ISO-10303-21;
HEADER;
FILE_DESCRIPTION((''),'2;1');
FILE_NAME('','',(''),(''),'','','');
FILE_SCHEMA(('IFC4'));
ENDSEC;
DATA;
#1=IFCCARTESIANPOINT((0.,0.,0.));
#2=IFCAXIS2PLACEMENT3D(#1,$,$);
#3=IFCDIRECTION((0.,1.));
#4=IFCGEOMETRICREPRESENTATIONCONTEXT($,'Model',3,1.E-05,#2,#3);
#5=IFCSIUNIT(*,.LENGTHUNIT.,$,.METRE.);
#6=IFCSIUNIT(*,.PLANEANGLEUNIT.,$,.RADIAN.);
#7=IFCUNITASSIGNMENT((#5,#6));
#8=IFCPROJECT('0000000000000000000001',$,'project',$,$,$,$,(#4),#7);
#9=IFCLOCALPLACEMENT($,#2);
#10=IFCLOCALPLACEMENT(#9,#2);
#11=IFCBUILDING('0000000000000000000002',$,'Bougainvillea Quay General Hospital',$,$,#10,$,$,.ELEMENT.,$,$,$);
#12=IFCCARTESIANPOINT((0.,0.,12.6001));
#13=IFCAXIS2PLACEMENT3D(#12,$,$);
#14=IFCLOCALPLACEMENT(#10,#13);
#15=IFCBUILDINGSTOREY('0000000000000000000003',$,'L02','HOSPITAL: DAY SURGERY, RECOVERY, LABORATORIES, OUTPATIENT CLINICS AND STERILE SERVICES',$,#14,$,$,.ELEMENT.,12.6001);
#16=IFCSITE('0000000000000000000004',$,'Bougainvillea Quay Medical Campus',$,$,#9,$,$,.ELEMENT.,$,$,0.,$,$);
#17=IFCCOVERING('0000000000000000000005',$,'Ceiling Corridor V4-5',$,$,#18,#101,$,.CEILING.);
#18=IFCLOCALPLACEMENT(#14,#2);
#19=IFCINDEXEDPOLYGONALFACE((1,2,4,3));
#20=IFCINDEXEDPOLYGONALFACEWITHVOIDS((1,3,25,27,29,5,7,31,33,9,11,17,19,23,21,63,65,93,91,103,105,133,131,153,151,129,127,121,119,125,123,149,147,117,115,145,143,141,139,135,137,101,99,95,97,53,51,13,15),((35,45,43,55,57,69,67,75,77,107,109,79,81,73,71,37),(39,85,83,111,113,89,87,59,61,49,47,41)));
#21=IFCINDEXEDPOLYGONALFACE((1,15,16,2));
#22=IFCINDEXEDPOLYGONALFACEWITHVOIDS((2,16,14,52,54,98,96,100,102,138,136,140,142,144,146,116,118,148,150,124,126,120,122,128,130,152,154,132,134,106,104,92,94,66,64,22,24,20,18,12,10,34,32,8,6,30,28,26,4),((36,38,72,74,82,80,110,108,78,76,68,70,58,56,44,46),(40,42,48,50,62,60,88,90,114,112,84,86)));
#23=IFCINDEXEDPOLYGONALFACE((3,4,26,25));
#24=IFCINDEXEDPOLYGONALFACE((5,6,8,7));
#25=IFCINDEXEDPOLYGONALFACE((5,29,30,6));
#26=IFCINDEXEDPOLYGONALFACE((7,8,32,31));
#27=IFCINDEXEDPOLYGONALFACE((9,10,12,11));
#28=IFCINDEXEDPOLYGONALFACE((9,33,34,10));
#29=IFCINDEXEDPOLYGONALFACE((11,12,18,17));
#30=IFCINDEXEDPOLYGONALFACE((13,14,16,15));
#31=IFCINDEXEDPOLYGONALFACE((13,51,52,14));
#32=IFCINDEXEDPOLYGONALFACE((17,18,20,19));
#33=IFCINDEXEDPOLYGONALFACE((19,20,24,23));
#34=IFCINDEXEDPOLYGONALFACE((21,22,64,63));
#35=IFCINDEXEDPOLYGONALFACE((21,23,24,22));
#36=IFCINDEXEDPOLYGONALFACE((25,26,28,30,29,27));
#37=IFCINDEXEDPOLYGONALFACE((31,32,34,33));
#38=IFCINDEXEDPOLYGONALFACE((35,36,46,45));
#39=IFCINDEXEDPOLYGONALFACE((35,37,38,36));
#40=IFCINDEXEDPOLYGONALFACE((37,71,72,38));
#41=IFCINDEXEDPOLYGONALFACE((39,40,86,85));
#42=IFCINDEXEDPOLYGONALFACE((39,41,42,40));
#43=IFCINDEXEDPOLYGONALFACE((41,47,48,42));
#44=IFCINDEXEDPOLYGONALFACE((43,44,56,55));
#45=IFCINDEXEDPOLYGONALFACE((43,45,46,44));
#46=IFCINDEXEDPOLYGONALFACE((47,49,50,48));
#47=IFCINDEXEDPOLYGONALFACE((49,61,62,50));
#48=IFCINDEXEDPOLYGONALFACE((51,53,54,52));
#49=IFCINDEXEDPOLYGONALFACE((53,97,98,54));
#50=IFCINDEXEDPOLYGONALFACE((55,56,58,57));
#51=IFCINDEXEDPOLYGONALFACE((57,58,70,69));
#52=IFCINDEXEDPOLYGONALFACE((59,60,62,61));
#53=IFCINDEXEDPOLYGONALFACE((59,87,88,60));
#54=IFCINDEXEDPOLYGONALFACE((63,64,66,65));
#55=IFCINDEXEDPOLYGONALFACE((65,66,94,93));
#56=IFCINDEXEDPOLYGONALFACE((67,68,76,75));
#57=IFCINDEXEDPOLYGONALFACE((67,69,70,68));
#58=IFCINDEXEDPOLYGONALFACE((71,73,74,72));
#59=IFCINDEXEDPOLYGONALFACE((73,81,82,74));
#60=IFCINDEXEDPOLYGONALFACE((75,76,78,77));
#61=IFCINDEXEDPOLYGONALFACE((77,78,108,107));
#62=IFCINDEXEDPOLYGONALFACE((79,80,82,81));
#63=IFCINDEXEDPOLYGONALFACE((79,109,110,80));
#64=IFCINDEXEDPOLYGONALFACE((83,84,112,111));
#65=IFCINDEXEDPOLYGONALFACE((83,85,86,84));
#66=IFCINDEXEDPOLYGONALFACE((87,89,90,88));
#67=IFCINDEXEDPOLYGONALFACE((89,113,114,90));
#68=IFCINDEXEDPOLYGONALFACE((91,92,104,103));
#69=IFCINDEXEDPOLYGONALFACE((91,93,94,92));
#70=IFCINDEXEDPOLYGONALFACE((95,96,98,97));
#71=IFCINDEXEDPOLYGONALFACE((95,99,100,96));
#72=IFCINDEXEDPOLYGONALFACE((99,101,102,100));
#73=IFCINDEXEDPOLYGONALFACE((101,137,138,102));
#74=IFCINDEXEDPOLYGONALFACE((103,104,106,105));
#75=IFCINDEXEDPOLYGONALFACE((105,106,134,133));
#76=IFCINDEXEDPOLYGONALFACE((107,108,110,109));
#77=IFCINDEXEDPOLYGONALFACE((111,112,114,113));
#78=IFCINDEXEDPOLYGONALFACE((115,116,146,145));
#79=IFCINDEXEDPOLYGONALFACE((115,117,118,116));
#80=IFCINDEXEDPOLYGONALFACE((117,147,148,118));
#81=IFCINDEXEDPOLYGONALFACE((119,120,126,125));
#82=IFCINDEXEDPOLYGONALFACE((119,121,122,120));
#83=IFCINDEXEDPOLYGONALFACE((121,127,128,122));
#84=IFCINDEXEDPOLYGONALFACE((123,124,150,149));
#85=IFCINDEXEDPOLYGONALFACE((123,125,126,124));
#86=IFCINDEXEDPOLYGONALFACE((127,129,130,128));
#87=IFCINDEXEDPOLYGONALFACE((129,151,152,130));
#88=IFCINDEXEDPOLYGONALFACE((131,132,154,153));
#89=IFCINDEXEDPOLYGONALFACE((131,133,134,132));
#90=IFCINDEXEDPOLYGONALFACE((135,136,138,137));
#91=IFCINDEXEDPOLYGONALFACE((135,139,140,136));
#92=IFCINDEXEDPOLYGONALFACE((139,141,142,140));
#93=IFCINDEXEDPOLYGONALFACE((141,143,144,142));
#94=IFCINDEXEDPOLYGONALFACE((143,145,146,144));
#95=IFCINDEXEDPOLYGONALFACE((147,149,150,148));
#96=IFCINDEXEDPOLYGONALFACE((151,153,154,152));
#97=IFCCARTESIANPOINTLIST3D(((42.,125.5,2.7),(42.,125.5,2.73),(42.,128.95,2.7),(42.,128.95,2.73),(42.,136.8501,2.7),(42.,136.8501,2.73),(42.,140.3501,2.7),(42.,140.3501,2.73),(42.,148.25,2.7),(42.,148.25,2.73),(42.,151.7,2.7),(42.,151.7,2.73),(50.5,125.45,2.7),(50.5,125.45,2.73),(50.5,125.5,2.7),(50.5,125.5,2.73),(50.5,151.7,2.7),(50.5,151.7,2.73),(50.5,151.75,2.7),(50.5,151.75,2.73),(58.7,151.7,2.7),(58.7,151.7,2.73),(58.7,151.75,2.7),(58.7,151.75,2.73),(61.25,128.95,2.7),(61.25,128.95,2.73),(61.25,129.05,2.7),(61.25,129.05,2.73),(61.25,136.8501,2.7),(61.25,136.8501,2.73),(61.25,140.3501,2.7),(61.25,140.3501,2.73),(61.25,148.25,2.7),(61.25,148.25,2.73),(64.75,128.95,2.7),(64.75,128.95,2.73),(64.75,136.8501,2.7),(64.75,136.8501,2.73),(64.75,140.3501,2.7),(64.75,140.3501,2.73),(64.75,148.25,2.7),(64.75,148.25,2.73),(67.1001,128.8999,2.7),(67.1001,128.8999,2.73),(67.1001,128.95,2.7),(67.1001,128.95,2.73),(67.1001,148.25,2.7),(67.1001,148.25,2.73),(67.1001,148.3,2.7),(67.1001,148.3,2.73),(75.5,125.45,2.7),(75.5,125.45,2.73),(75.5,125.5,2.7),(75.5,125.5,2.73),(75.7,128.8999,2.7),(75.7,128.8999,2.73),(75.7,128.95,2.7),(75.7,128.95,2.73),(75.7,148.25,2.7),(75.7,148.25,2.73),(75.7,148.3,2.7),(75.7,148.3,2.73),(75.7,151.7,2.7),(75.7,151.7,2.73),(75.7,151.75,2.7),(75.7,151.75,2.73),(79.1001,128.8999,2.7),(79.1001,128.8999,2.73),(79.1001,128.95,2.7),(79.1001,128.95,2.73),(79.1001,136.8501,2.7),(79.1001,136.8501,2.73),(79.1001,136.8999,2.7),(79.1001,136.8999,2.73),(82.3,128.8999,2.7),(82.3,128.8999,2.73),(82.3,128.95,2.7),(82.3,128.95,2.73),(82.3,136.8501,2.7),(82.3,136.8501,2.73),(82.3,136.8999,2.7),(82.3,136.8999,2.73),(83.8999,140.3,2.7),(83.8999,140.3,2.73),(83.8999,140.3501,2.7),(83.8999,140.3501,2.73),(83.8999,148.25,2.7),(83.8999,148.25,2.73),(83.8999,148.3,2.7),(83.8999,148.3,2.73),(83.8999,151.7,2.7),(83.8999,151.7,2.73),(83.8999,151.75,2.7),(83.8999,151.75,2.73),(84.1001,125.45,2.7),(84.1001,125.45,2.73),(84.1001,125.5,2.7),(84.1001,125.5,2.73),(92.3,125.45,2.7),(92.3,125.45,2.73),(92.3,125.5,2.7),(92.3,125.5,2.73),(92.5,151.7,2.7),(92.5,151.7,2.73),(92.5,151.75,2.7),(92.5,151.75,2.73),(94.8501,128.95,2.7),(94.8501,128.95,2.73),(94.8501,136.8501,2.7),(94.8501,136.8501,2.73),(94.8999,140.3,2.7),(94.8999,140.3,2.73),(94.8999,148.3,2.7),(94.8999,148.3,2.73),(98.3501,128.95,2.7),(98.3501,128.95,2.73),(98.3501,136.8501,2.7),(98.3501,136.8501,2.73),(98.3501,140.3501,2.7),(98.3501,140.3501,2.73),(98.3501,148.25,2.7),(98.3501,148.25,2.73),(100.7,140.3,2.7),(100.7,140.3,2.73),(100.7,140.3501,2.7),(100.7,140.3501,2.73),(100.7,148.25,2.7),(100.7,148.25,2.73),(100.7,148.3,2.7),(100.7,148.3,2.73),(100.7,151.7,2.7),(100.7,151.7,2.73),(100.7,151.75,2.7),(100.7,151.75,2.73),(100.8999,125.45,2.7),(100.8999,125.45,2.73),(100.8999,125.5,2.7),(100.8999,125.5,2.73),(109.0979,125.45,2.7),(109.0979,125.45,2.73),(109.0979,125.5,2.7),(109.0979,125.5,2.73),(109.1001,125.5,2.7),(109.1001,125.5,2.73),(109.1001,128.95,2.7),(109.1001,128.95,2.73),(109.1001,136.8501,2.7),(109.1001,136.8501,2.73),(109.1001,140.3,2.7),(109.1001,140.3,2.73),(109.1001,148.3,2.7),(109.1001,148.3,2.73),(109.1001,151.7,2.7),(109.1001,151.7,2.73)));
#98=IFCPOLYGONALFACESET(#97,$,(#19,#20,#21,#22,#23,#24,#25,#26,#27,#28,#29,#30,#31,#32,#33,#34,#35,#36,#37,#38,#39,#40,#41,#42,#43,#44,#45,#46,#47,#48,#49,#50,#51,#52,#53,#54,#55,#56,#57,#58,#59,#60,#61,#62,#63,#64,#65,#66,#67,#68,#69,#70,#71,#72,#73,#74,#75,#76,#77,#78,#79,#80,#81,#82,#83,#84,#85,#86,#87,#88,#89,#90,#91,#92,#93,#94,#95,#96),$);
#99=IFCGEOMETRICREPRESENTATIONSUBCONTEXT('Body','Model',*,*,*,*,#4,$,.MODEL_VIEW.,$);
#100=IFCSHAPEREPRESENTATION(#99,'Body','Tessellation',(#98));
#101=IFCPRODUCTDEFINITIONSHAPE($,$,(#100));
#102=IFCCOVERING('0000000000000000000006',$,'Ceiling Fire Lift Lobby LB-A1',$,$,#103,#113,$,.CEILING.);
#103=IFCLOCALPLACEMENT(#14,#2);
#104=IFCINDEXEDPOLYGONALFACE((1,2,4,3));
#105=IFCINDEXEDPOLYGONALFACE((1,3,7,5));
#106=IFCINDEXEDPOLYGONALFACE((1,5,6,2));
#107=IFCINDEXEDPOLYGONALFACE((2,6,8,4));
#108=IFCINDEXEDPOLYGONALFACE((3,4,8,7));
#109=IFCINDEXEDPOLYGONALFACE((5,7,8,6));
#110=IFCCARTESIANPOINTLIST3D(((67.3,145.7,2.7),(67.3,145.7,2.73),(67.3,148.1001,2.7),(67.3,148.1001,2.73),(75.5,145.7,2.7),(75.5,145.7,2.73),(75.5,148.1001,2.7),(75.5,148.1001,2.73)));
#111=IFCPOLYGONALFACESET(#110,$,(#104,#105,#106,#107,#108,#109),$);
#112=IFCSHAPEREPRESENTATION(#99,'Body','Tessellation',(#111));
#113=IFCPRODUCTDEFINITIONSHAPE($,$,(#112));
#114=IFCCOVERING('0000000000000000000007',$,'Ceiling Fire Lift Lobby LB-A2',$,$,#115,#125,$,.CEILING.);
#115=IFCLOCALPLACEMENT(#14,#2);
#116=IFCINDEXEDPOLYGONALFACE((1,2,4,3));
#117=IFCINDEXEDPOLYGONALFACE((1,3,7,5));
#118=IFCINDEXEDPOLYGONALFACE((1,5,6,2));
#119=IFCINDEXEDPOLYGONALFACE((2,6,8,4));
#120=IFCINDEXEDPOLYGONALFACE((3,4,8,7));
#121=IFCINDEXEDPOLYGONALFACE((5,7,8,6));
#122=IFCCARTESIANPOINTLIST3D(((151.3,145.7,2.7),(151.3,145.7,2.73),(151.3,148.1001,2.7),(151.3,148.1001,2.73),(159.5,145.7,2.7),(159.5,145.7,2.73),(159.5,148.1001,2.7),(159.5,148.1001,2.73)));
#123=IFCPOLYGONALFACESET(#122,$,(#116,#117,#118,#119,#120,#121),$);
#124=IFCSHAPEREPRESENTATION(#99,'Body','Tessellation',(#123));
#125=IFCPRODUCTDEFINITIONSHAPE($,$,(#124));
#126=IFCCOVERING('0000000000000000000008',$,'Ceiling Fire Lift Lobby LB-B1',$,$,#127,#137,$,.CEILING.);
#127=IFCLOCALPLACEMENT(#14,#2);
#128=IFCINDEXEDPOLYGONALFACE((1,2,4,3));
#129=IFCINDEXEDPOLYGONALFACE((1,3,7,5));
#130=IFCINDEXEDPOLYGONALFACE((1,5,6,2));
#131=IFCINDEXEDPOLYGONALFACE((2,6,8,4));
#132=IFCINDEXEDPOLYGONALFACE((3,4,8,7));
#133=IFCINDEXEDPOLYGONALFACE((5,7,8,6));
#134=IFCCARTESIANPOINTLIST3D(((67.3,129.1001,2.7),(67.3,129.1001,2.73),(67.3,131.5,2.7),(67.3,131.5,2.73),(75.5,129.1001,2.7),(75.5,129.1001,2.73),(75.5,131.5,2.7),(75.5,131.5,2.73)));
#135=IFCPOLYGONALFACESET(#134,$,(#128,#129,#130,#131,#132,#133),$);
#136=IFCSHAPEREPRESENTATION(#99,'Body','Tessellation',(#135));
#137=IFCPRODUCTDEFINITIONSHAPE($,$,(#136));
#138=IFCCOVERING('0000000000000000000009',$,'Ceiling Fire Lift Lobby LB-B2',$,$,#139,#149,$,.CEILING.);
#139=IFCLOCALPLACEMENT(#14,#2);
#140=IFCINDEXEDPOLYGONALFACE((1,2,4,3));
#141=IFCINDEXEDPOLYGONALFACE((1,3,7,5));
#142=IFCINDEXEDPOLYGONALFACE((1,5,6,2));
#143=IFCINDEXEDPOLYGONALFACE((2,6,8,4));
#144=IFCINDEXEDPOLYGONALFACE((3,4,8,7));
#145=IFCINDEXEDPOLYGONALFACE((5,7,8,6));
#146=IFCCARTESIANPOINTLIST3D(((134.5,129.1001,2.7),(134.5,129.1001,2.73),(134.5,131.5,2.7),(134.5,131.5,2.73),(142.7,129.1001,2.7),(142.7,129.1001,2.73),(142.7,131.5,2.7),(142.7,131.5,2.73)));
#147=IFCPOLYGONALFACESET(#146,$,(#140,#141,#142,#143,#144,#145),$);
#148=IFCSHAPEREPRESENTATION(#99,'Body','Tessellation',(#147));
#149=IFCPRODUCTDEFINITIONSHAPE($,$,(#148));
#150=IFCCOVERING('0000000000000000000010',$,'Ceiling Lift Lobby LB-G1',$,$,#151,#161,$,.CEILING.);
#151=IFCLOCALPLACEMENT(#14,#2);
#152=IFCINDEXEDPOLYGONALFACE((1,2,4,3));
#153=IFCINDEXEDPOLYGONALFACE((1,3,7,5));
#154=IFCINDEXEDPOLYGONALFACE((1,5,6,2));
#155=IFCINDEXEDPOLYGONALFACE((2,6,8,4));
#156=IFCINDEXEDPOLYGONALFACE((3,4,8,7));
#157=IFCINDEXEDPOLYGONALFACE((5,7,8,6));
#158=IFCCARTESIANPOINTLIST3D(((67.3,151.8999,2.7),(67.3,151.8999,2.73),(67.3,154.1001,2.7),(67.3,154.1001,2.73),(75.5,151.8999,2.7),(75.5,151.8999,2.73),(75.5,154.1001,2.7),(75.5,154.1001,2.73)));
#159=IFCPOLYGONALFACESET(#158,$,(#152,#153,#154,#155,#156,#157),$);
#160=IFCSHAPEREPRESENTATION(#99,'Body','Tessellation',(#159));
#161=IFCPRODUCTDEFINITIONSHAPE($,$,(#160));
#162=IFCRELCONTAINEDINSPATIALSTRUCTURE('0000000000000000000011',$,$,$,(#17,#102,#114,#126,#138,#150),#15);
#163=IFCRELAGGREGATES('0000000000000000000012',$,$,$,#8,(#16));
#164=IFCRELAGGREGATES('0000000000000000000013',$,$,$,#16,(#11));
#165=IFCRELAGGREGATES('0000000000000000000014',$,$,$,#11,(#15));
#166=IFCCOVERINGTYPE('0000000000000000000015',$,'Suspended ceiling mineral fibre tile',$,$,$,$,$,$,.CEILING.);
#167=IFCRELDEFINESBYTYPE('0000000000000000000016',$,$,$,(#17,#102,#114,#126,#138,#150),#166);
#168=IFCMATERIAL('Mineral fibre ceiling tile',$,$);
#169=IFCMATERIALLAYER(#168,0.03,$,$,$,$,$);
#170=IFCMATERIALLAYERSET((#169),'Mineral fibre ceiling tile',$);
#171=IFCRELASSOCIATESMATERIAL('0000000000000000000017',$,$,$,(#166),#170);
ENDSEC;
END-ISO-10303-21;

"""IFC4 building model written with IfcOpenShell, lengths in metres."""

from ifc_helpers import new_model, si_unit, direction, frame, origin, place, context, subcontext, project, spatial, polyline, outline, extrude, material, layer, layer_set, type_object, element, save


model = new_model("IFC4")

# Units and contexts
model_context = context("Model", 3, precision=1e-05, world=origin(), true_north=direction((0.0, 1.0)))
body_context = subcontext(model_context, "Body", "Model", "MODEL_VIEW")
ifc_project = project(units=[si_unit("LENGTHUNIT", "METRE"), si_unit("PLANEANGLEUNIT", "RADIAN")], contexts=[model_context])

# Site, building, storey
site_placement = place(None, origin())
site = spatial("IfcSite", under=ifc_project, at=site_placement, Name="Bougainvillea Quay Medical Campus", CompositionType="ELEMENT", RefElevation=0.0)
building_placement = place(site_placement, origin())
building = spatial("IfcBuilding", under=site, at=building_placement, Name="Bougainvillea Quay General Hospital", CompositionType="ELEMENT")
storey_placement = place(building_placement, frame((0.0, 0.0, 12.6001)))
storey = spatial("IfcBuildingStorey", under=building, at=storey_placement, Name="L02", Description="HOSPITAL: DAY SURGERY, RECOVERY, LABORATORIES, OUTPATIENT CLINICS AND STERILE SERVICES", CompositionType="ELEMENT", Elevation=12.6001)

# Coverings
ifc_material_1 = material(Name="Mineral fibre ceiling tile")
ifc_layer_1 = layer(ifc_material_1, 0.03)
ifc_layer_set_1 = layer_set([ifc_layer_1], Name="Mineral fibre ceiling tile")
covering_type = type_object("IfcCoveringType", Name="Suspended ceiling mineral fibre tile", PredefinedType="CEILING", material=ifc_layer_set_1)
covering_1_placement = place(storey_placement, frame((0.0, 0.0, 2.7)))
element("IfcCovering", 1, at=covering_1_placement, inside=storey, type_object=covering_type, Name="Ceiling Corridor V4-5", PredefinedType="CEILING", context=body_context, shape_type="SweptSolid", body=[
    extrude(outline(polyline([(42.0, 125.5), (50.5, 125.5), (50.5, 125.45), (75.5, 125.45), (75.5, 125.5), (84.1001, 125.5), (84.1001, 125.45), (92.3, 125.45), (92.3, 125.5), (100.8999, 125.5), (100.8999, 125.45), (109.0979, 125.45), (109.0979, 125.5), (109.1001, 125.5), (109.1001, 128.95), (98.3501, 128.95), (98.3501, 136.8501), (109.1001, 136.8501), (109.1001, 140.3), (100.7, 140.3), (100.7, 140.3501), (98.3501, 140.3501), (98.3501, 148.25), (100.7, 148.25), (100.7, 148.3), (109.1001, 148.3), (109.1001, 151.7), (100.7, 151.7), (100.7, 151.75), (92.5, 151.75), (92.5, 151.7), (83.8999, 151.7), (83.8999, 151.75), (75.7, 151.75), (75.7, 151.7), (58.7, 151.7), (58.7, 151.75), (50.5, 151.75), (50.5, 151.7), (42.0, 151.7), (42.0, 148.25), (61.25, 148.25), (61.25, 140.3501), (42.0, 140.3501), (42.0, 136.8501), (61.25, 136.8501), (61.25, 129.05), (61.25, 128.95), (42.0, 128.95), (42.0, 125.5)]), holes=[polyline([(64.75, 128.95), (67.1001, 128.95), (67.1001, 128.8999), (75.7, 128.8999), (75.7, 128.95), (79.1001, 128.95), (79.1001, 128.8999), (82.3, 128.8999), (82.3, 128.95), (94.8501, 128.95), (94.8501, 136.8501), (82.3, 136.8501), (82.3, 136.8999), (79.1001, 136.8999), (79.1001, 136.8501), (64.75, 136.8501), (64.75, 128.95)]), polyline([(64.75, 140.3501), (83.8999, 140.3501), (83.8999, 140.3), (94.8999, 140.3), (94.8999, 148.3), (83.8999, 148.3), (83.8999, 148.25), (75.7, 148.25), (75.7, 148.3), (67.1001, 148.3), (67.1001, 148.25), (64.75, 148.25), (64.75, 140.3501)])]), origin(), (0.0, 0.0, 1.0), 0.03),
])
covering_2_placement = place(storey_placement, frame((0.0, 0.0, 2.7)))
element("IfcCovering", 2, at=covering_2_placement, inside=storey, type_object=covering_type, Name="Ceiling Fire Lift Lobby LB-A1", PredefinedType="CEILING", context=body_context, shape_type="SweptSolid", body=[
    extrude(outline(polyline([(75.5, 148.1001), (67.3, 148.1001), (67.3, 145.7), (75.5, 145.7), (75.5, 148.1001)])), origin(), (0.0, 0.0, 1.0), 0.03),
])
covering_3_placement = place(storey_placement, frame((0.0, 0.0, 2.7)))
element("IfcCovering", 3, at=covering_3_placement, inside=storey, type_object=covering_type, Name="Ceiling Fire Lift Lobby LB-A2", PredefinedType="CEILING", context=body_context, shape_type="SweptSolid", body=[
    extrude(outline(polyline([(159.5, 148.1001), (151.3, 148.1001), (151.3, 145.7), (159.5, 145.7), (159.5, 148.1001)])), origin(), (0.0, 0.0, 1.0), 0.03),
])
covering_4_placement = place(storey_placement, frame((0.0, 0.0, 2.7)))
element("IfcCovering", 4, at=covering_4_placement, inside=storey, type_object=covering_type, Name="Ceiling Fire Lift Lobby LB-B1", PredefinedType="CEILING", context=body_context, shape_type="SweptSolid", body=[
    extrude(outline(polyline([(75.5, 131.5), (67.3, 131.5), (67.3, 129.1001), (75.5, 129.1001), (75.5, 131.5)])), origin(), (0.0, 0.0, 1.0), 0.03),
])
covering_5_placement = place(storey_placement, frame((0.0, 0.0, 2.7)))
element("IfcCovering", 5, at=covering_5_placement, inside=storey, type_object=covering_type, Name="Ceiling Fire Lift Lobby LB-B2", PredefinedType="CEILING", context=body_context, shape_type="SweptSolid", body=[
    extrude(outline(polyline([(134.5, 131.5), (134.5, 129.1001), (142.7, 129.1001), (142.7, 131.5), (134.5, 131.5)])), origin(), (0.0, 0.0, 1.0), 0.03),
])
covering_6_placement = place(storey_placement, frame((0.0, 0.0, 2.7)))
element("IfcCovering", 6, at=covering_6_placement, inside=storey, type_object=covering_type, Name="Ceiling Lift Lobby LB-G1", PredefinedType="CEILING", context=body_context, shape_type="SweptSolid", body=[
    extrude(outline(polyline([(75.5, 154.1001), (67.3, 154.1001), (67.3, 151.8999), (75.5, 151.8999), (75.5, 154.1001)])), origin(), (0.0, 0.0, 1.0), 0.03),
])

save(model, "model.ifc")
